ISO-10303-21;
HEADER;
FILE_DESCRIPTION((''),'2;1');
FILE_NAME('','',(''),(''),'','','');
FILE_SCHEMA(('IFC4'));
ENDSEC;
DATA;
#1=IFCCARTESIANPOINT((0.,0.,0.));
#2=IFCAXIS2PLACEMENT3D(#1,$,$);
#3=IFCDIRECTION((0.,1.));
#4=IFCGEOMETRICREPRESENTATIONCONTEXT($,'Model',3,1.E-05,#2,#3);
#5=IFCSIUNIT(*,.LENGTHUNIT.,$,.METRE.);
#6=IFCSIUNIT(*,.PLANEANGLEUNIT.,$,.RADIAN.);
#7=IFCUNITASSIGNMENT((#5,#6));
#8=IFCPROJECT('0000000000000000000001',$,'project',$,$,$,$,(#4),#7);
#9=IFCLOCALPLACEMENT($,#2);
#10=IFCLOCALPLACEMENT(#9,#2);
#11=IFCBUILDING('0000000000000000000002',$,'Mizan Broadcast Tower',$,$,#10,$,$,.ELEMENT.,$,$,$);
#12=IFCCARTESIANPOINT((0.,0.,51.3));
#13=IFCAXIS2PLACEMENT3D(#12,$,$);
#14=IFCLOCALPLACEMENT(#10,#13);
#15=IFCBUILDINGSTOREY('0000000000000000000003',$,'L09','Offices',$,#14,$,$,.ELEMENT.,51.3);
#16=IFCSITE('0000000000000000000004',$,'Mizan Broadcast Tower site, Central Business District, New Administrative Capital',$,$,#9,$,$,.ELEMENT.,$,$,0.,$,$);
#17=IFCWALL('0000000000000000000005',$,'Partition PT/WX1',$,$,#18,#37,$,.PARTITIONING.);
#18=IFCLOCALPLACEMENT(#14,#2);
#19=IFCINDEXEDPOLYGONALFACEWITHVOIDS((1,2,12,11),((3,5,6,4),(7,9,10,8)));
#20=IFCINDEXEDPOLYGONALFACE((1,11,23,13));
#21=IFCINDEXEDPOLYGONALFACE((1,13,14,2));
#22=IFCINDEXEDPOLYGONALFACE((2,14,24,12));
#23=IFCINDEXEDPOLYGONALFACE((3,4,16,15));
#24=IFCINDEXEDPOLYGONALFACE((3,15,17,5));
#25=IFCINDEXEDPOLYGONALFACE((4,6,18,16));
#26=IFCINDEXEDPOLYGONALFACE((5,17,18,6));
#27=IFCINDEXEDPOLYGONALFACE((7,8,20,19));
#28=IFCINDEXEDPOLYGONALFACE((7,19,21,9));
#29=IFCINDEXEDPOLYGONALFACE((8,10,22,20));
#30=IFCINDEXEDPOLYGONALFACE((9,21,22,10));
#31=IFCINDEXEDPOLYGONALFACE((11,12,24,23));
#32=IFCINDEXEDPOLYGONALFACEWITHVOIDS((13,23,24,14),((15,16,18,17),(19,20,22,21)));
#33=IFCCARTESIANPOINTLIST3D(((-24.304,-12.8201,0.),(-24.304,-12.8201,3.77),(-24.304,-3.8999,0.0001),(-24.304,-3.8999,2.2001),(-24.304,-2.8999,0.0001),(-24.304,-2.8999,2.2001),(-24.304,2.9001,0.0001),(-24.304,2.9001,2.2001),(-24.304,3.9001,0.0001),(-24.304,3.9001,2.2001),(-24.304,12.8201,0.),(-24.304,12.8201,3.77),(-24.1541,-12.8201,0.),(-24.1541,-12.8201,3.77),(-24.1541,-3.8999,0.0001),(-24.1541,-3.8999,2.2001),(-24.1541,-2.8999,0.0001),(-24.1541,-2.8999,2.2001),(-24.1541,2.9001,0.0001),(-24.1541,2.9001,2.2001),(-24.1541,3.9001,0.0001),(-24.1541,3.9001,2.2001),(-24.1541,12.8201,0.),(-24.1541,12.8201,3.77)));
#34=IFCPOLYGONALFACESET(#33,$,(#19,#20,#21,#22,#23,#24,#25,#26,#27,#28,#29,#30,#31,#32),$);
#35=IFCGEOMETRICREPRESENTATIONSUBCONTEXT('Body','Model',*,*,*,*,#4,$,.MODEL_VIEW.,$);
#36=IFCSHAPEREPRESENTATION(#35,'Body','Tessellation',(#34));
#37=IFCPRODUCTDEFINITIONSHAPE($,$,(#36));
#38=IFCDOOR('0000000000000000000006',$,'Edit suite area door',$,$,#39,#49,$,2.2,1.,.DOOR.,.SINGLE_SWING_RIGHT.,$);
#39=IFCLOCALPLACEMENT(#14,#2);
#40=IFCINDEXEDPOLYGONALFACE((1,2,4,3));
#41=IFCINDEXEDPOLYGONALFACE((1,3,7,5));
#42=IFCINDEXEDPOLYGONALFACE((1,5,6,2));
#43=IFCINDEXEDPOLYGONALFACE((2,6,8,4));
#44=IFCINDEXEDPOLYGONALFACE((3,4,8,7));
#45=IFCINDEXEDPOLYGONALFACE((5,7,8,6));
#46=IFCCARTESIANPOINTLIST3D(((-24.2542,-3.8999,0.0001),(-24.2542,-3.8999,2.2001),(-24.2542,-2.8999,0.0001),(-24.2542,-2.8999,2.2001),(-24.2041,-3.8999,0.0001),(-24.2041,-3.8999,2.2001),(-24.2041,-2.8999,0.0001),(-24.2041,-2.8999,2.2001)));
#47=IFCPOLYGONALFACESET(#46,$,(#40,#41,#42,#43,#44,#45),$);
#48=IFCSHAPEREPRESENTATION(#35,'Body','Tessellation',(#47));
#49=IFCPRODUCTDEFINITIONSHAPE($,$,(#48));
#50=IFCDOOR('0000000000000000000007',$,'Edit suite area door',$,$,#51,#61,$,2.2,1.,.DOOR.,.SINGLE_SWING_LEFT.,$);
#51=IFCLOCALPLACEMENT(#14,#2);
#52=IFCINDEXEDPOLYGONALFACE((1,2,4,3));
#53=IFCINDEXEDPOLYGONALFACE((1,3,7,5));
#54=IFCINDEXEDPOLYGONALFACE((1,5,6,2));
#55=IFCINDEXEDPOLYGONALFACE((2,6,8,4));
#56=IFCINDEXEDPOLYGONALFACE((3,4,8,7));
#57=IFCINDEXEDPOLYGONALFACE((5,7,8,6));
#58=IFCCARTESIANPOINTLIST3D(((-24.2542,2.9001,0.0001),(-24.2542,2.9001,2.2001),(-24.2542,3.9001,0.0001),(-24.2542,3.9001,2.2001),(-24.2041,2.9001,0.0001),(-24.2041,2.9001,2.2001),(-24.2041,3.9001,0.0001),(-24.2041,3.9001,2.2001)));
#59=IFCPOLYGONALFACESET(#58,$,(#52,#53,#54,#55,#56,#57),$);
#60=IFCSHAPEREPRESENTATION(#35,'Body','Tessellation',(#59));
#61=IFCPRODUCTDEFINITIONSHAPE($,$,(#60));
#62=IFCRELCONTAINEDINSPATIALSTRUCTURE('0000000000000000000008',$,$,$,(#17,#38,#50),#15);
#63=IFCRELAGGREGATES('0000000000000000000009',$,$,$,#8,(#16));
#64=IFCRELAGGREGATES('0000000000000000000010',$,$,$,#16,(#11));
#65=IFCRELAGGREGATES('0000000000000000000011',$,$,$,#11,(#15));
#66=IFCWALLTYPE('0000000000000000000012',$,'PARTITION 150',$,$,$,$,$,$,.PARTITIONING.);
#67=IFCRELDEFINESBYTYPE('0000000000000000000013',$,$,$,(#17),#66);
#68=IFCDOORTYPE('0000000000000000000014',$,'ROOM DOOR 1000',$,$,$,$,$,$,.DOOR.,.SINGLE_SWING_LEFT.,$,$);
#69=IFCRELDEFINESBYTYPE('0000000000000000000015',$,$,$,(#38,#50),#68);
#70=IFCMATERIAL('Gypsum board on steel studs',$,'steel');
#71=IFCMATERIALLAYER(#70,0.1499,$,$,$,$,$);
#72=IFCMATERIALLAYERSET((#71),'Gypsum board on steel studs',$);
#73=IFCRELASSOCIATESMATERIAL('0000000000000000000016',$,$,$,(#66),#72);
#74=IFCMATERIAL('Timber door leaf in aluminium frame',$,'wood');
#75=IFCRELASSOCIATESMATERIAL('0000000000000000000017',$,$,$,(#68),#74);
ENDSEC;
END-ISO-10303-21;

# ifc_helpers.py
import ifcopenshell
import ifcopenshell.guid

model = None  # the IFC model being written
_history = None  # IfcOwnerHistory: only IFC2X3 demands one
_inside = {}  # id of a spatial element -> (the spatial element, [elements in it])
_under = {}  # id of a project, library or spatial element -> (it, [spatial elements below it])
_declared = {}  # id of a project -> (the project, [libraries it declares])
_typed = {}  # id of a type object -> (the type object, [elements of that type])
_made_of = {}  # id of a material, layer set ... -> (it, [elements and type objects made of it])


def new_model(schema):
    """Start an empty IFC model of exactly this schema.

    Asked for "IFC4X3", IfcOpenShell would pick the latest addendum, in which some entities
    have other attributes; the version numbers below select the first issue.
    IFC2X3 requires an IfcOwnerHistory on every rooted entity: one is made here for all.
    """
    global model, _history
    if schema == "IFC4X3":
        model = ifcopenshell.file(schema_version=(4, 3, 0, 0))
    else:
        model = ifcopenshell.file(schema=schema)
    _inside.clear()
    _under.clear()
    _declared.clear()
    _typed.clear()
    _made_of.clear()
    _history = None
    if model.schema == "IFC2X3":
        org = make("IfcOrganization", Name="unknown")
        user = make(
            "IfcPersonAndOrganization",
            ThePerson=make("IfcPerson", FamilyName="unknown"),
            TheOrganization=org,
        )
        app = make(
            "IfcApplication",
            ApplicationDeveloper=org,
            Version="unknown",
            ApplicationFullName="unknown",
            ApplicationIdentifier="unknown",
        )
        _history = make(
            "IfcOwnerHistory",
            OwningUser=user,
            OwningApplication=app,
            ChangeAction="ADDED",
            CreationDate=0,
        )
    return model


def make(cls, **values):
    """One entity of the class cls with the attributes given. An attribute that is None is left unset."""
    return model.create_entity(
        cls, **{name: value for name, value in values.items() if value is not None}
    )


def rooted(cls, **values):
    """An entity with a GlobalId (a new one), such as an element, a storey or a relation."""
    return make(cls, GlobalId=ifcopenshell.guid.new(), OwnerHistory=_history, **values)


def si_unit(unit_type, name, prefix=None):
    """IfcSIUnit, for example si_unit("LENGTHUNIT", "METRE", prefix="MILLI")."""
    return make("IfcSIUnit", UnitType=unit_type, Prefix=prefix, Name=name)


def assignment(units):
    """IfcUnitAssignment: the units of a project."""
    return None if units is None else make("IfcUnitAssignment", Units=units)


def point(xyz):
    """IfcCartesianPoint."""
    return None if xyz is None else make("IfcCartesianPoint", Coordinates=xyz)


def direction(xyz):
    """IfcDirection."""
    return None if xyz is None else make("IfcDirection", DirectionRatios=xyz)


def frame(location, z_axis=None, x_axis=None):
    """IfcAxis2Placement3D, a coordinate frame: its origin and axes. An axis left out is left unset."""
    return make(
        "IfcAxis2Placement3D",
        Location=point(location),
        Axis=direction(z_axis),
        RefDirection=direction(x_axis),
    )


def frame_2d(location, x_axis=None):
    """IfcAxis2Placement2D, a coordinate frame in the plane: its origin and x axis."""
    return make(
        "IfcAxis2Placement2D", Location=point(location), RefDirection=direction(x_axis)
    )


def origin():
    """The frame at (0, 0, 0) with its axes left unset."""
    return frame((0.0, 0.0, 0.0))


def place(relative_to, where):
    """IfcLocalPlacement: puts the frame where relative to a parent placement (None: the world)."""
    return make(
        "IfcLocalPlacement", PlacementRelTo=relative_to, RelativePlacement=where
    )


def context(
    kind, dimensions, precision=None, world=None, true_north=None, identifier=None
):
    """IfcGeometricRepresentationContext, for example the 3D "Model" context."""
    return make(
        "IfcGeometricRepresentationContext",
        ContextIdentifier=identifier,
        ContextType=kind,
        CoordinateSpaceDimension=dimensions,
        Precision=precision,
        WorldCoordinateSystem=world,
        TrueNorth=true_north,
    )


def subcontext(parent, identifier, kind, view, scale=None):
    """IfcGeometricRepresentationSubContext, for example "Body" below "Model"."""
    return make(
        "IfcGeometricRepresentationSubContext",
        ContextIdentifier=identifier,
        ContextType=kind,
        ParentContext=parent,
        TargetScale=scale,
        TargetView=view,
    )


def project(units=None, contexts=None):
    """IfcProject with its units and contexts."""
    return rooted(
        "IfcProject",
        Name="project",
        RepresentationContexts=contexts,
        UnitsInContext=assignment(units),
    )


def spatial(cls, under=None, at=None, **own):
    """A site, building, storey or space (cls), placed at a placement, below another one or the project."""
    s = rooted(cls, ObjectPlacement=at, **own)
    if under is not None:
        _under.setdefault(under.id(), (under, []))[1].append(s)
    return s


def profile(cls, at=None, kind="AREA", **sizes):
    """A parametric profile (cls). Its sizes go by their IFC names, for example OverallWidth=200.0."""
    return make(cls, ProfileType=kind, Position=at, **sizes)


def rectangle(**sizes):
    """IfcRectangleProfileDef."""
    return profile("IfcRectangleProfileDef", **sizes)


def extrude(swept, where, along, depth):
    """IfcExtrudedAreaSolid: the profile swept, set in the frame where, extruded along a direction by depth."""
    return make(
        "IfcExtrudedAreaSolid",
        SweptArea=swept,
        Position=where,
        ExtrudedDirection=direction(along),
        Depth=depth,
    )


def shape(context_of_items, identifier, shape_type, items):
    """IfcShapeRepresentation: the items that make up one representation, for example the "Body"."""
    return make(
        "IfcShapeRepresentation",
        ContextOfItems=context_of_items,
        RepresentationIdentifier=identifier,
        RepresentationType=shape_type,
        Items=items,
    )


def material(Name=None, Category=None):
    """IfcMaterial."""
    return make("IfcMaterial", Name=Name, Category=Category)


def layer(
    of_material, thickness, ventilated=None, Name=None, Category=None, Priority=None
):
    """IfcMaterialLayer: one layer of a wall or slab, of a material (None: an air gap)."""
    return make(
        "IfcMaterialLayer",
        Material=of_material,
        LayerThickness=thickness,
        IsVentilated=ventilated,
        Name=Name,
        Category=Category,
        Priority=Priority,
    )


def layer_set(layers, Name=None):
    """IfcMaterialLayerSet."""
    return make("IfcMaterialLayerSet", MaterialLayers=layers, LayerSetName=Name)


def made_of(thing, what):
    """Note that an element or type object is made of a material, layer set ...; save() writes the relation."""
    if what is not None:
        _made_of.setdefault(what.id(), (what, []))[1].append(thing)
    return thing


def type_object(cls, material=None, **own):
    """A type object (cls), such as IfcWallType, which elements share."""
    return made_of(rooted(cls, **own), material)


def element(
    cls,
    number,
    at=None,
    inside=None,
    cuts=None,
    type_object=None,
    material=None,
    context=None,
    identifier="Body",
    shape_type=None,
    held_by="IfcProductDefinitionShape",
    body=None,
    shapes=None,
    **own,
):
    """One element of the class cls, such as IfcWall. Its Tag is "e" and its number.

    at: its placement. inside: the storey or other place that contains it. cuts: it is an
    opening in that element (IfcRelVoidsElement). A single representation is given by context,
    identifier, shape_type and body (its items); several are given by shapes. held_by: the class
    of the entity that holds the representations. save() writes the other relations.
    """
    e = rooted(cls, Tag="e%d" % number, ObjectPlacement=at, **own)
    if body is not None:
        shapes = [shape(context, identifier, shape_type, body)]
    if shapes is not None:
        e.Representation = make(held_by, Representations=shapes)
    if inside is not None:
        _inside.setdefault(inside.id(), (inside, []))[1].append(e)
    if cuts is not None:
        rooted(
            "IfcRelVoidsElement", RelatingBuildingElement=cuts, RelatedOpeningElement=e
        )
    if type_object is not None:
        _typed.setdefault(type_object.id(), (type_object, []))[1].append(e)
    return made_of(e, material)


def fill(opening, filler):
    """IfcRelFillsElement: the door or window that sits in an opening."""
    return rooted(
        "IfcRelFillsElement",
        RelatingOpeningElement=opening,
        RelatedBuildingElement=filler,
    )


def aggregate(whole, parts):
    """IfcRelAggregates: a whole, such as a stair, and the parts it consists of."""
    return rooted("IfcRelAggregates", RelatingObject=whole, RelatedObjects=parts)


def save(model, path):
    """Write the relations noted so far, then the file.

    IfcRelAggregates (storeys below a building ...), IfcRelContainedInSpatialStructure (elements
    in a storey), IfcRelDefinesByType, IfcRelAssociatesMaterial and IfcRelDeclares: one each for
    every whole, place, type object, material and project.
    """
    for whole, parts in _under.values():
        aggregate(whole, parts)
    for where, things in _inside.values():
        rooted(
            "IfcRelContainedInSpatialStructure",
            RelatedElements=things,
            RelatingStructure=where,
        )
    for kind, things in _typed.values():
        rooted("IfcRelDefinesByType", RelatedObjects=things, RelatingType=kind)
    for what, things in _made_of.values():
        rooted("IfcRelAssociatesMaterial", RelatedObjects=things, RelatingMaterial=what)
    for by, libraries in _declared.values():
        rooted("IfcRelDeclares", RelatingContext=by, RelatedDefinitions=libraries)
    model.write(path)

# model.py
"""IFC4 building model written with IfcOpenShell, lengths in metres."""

from ifc_helpers import new_model, si_unit, direction, frame, frame_2d, origin, place, context, subcontext, project, spatial, rectangle, extrude, material, layer, layer_set, type_object, element, fill, save


model = new_model("IFC4")

# Units and contexts
model_context = context("Model", 3, precision=1e-05, world=origin(), true_north=direction((0.0, 1.0)))
body_context = subcontext(model_context, "Body", "Model", "MODEL_VIEW")
ifc_project = project(units=[si_unit("LENGTHUNIT", "METRE"), si_unit("PLANEANGLEUNIT", "RADIAN")], contexts=[model_context])

# Site, building, storey
site_placement = place(None, origin())
site = spatial("IfcSite", under=ifc_project, at=site_placement, Name="Mizan Broadcast Tower site, Central Business District, New Administrative Capital", CompositionType="ELEMENT", RefElevation=0.0)
building_placement = place(site_placement, origin())
building = spatial("IfcBuilding", under=site, at=building_placement, Name="Mizan Broadcast Tower", CompositionType="ELEMENT")
storey_placement = place(building_placement, frame((0.0, 0.0, 51.3)))
storey = spatial("IfcBuildingStorey", under=building, at=storey_placement, Name="L09", Description="Offices", CompositionType="ELEMENT", Elevation=51.3)

# Wall, openings, doors
ifc_material_1 = material(Name="Gypsum board on steel studs", Category="steel")
ifc_layer_1 = layer(ifc_material_1, 0.1499)
ifc_layer_set_1 = layer_set([ifc_layer_1], Name="Gypsum board on steel studs")
wall_type_1 = type_object("IfcWallType", Name="PARTITION 150", PredefinedType="PARTITIONING", material=ifc_layer_set_1)
wall_1_placement = place(storey_placement, frame((-24.229, 12.8201, 0.0), z_axis=(0.0, 0.0, 1.0), x_axis=(0.0, -1.0, 0.0)))
wall_1 = element("IfcWall", 1, at=wall_1_placement, inside=storey, type_object=wall_type_1, Name="Partition PT/WX1", PredefinedType="PARTITIONING", context=body_context, shape_type="SweptSolid", body=[
    extrude(rectangle(XDim=25.6401, YDim=0.1499, at=frame_2d((12.8201, 0.0))), origin(), (0.0, 0.0, 1.0), 3.77),
])
opening_1_placement = place(wall_1_placement, frame((15.72, 0.0, 0.0)))
opening_1 = element("IfcOpeningElement", 2, at=opening_1_placement, cuts=wall_1, PredefinedType="OPENING", context=body_context, shape_type="SweptSolid", body=[
    extrude(rectangle(XDim=1.0, YDim=2.2, at=frame_2d((0.5, 1.1001))), frame((0.0, 0.085, 0.0), z_axis=(0.0, -1.0, 0.0), x_axis=(1.0, 0.0, 0.0)), (0.0, 0.0, 1.0), 0.1699),
])
opening_2_placement = place(wall_1_placement, frame((8.9199, 0.0, 0.0)))
opening_2 = element("IfcOpeningElement", 3, at=opening_2_placement, cuts=wall_1, PredefinedType="OPENING", context=body_context, shape_type="SweptSolid", body=[
    extrude(rectangle(XDim=1.0, YDim=2.2, at=frame_2d((0.5, 1.1001))), frame((0.0, 0.085, 0.0), z_axis=(0.0, -1.0, 0.0), x_axis=(1.0, 0.0, 0.0)), (0.0, 0.0, 1.0), 0.1699),
])
ifc_material_2 = material(Name="Timber door leaf in aluminium frame", Category="wood")
door_type = type_object("IfcDoorType", Name="ROOM DOOR 1000", OperationType="SINGLE_SWING_LEFT", PredefinedType="DOOR", material=ifc_material_2)
door_1_placement = place(opening_1_placement, origin())
door_1 = element("IfcDoor", 4, at=door_1_placement, inside=storey, type_object=door_type, Name="Edit suite area door", OperationType="SINGLE_SWING_RIGHT", OverallHeight=2.2, OverallWidth=1.0, PredefinedType="DOOR", context=body_context, shape_type="SweptSolid", body=[
    extrude(rectangle(XDim=1.0, YDim=2.2, at=frame_2d((0.5, 1.1001))), frame((0.0, 0.0249, 0.0), z_axis=(0.0, -1.0, 0.0), x_axis=(1.0, 0.0, 0.0)), (0.0, 0.0, 1.0), 0.05),
])
fill(opening_1, door_1)
door_2_placement = place(opening_2_placement, origin())
door_2 = element("IfcDoor", 5, at=door_2_placement, inside=storey, type_object=door_type, Name="Edit suite area door", OperationType="SINGLE_SWING_LEFT", OverallHeight=2.2, OverallWidth=1.0, PredefinedType="DOOR", context=body_context, shape_type="SweptSolid", body=[
    extrude(rectangle(XDim=1.0, YDim=2.2, at=frame_2d((0.5, 1.1001))), frame((0.0, 0.0249, 0.0), z_axis=(0.0, -1.0, 0.0), x_axis=(1.0, 0.0, 0.0)), (0.0, 0.0, 1.0), 0.05),
])
fill(opening_2, door_2)

save(model, "model.ifc")
